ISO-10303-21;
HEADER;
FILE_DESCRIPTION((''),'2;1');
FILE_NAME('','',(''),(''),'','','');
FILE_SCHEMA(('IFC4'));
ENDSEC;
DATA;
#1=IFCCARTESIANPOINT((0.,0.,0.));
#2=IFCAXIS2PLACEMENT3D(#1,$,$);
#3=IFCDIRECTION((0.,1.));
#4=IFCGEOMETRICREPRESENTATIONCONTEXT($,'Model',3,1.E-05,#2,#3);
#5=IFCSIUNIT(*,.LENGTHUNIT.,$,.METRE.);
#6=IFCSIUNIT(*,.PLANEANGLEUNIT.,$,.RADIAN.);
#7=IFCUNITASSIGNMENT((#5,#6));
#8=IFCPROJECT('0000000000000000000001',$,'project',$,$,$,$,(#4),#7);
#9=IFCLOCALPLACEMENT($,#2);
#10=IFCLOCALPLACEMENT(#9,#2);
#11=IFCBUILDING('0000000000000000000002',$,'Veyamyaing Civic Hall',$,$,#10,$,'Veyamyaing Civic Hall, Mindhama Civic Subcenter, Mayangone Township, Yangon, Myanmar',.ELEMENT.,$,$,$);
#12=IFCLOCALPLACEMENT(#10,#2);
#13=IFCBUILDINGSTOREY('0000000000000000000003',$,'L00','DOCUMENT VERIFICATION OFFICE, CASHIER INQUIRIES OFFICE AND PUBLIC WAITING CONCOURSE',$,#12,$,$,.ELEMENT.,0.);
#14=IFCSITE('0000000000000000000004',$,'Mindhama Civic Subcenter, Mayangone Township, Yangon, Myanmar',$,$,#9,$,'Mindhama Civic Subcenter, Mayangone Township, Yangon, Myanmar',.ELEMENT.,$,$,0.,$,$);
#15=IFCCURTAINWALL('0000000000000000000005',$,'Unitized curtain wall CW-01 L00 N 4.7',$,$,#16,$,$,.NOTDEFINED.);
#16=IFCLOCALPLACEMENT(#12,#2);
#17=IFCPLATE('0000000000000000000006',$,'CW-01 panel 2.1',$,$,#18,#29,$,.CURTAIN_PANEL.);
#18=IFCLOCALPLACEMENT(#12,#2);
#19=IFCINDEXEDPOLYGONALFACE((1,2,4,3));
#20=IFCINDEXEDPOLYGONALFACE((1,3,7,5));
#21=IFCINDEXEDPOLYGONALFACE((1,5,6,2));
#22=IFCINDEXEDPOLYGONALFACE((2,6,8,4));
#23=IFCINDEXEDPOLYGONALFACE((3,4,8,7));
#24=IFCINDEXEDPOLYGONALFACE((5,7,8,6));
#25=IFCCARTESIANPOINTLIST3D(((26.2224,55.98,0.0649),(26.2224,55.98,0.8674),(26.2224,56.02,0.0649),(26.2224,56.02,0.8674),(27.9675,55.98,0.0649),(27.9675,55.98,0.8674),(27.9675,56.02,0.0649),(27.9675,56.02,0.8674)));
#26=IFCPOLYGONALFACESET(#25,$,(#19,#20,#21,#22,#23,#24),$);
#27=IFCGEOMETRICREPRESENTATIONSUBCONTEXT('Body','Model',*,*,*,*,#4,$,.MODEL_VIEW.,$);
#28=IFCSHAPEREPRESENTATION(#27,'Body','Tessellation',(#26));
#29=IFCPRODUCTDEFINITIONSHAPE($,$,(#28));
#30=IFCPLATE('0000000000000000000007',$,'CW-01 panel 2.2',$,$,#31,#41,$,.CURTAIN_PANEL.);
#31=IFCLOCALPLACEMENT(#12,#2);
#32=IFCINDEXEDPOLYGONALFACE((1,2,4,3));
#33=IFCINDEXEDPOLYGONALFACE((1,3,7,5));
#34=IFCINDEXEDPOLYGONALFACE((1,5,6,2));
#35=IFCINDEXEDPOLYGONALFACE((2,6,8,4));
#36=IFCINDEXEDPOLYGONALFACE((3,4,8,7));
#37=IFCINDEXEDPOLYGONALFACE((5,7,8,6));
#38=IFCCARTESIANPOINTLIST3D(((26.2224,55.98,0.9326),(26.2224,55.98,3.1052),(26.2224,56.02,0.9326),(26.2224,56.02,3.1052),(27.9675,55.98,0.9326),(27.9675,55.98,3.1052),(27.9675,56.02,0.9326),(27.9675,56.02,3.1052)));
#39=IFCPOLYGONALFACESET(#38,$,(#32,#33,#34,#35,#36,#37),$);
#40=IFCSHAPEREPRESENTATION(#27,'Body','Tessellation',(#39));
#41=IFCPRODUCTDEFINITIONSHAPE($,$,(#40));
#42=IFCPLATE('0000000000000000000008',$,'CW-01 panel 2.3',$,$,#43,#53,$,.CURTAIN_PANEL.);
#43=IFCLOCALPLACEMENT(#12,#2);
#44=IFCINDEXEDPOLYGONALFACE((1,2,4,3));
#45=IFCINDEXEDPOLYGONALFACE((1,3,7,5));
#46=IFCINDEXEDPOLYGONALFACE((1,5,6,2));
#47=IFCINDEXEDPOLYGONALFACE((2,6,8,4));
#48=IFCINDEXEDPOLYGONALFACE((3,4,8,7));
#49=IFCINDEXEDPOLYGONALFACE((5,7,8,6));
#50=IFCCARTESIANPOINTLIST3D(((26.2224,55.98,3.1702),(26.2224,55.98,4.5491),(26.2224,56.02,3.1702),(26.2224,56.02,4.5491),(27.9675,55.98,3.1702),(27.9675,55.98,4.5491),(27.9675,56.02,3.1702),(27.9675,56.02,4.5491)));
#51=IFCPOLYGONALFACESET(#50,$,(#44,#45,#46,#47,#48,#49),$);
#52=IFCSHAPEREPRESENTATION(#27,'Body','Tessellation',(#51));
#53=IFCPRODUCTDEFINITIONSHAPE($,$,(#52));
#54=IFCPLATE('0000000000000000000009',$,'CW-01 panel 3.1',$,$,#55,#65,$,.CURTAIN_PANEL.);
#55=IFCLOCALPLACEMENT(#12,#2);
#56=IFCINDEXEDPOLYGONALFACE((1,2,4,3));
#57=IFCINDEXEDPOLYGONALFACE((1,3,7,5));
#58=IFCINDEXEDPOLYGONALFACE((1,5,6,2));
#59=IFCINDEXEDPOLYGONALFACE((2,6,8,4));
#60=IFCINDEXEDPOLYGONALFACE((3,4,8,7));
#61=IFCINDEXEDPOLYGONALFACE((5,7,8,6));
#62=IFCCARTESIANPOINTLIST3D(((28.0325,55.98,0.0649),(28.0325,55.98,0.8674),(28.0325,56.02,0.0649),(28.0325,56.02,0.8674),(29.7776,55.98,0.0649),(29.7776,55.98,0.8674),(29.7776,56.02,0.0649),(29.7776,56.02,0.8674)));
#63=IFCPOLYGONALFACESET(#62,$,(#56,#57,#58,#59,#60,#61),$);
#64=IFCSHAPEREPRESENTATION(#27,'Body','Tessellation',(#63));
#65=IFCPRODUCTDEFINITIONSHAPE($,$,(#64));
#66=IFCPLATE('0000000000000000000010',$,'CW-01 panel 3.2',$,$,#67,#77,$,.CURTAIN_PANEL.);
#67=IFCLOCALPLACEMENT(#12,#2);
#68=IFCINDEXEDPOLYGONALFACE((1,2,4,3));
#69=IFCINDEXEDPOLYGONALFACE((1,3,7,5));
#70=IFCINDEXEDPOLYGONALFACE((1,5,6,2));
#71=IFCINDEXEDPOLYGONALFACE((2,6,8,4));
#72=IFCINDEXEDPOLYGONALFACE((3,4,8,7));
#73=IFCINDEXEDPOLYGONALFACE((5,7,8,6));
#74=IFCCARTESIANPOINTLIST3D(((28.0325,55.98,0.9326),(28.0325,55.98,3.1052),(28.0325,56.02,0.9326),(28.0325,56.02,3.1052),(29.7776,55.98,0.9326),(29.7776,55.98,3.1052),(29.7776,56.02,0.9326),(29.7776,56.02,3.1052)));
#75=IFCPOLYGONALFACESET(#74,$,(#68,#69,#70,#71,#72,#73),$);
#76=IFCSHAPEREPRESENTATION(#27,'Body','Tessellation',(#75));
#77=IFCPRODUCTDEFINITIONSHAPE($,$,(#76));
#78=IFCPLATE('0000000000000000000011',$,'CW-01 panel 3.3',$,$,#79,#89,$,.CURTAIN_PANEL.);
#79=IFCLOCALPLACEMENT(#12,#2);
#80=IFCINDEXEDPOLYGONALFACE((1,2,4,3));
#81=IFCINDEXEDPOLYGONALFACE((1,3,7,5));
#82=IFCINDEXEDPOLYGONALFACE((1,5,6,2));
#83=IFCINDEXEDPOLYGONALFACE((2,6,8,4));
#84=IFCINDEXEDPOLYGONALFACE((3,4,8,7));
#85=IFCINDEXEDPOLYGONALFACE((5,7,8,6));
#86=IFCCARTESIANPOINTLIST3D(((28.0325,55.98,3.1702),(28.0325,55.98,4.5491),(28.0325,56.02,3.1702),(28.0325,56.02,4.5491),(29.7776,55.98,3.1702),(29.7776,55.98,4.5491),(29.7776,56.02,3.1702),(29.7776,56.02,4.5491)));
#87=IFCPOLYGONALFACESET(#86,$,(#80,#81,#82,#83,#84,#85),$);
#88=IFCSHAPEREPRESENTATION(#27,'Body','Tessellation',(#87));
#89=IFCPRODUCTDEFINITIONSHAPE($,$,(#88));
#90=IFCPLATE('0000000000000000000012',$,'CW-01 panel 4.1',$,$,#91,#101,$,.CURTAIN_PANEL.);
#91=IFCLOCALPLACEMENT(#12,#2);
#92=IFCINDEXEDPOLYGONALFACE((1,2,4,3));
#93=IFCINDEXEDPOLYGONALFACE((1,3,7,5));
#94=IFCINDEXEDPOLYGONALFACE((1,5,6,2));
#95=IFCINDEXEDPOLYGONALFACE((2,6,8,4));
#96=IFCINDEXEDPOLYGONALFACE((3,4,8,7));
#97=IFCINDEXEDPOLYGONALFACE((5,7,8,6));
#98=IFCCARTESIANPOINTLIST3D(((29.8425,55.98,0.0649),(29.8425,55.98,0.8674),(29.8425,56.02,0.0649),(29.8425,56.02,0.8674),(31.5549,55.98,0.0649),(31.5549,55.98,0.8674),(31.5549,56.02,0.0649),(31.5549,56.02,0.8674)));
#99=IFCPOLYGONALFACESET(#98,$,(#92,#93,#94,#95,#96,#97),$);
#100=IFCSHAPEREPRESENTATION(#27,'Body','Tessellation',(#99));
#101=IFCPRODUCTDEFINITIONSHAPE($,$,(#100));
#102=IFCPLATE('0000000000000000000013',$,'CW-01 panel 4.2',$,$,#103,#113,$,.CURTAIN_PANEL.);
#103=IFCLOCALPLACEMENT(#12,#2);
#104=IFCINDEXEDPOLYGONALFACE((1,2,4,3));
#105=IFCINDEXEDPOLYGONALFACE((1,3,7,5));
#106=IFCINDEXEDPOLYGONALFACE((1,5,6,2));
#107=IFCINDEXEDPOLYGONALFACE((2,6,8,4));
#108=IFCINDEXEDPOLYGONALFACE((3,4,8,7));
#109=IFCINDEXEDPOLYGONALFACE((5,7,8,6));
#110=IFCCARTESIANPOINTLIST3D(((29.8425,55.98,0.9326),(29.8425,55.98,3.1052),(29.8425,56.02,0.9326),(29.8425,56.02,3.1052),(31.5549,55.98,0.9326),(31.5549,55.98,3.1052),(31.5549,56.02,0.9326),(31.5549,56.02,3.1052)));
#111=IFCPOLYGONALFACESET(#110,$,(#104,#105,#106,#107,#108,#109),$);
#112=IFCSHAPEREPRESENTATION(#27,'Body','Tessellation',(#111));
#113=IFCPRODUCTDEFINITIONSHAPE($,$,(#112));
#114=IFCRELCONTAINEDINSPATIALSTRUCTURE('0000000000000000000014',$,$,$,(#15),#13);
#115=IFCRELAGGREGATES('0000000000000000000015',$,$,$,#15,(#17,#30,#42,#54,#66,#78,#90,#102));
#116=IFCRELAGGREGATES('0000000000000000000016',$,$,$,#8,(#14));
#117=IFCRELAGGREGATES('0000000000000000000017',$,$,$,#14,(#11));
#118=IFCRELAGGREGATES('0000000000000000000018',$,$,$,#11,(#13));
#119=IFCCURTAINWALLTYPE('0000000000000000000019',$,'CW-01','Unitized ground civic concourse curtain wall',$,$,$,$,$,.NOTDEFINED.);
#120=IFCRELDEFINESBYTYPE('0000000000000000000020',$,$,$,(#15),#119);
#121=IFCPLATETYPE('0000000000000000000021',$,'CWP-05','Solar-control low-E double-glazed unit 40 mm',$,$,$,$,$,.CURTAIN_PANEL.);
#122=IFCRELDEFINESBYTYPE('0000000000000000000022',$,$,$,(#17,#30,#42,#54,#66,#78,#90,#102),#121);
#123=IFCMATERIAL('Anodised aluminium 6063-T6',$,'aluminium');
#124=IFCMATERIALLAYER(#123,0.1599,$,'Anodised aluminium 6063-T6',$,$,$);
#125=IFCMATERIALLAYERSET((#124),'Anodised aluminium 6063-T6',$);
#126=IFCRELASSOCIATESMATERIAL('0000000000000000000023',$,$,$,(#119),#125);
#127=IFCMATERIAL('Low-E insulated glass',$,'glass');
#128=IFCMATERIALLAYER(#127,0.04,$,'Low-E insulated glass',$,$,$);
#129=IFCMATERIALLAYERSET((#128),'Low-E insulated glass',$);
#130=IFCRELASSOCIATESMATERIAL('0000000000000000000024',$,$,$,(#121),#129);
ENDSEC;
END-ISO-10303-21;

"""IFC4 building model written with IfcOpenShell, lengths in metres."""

from ifc_helpers import new_model, si_unit, direction, frame, origin, origin_2d, place, context, subcontext, project, spatial, rectangle, extrude, material, layer, layer_set, type_object, element, aggregate, save


model = new_model("IFC4")

# Units and contexts
model_context = context("Model", 3, precision=1e-05, world=origin(), true_north=direction((0.0, 1.0)))
body_context = subcontext(model_context, "Body", "Model", "MODEL_VIEW")
ifc_project = project(units=[si_unit("LENGTHUNIT", "METRE"), si_unit("PLANEANGLEUNIT", "RADIAN")], contexts=[model_context])

# Site, building, storey
site_placement = place(None, origin())
site = spatial("IfcSite", under=ifc_project, at=site_placement, Name="Mindhama Civic Subcenter, Mayangone Township, Yangon, Myanmar", LongName="Mindhama Civic Subcenter, Mayangone Township, Yangon, Myanmar", CompositionType="ELEMENT", RefElevation=0.0)
building_placement = place(site_placement, origin())
building = spatial("IfcBuilding", under=site, at=building_placement, Name="Veyamyaing Civic Hall", LongName="Veyamyaing Civic Hall, Mindhama Civic Subcenter, Mayangone Township, Yangon, Myanmar", CompositionType="ELEMENT")
storey_placement = place(building_placement, origin())
storey = spatial("IfcBuildingStorey", under=building, at=storey_placement, Name="L00", Description="DOCUMENT VERIFICATION OFFICE, CASHIER INQUIRIES OFFICE AND PUBLIC WAITING CONCOURSE", CompositionType="ELEMENT", Elevation=0.0)

# Shared definitions
ifc_material_1 = material(Name="Anodised aluminium 6063-T6", Category="aluminium")
ifc_layer_1 = layer(ifc_material_1, 0.1599, Name="Anodised aluminium 6063-T6")
ifc_layer_set_1 = layer_set([ifc_layer_1], Name="Anodised aluminium 6063-T6")
curtain_wall_type = type_object("IfcCurtainWallType", Name="CW-01", Description="Unitized ground civic concourse curtain wall", PredefinedType="NOTDEFINED", material=ifc_layer_set_1)

# Curtain wall, plates
curtain_wall_1_placement = place(storey_placement, origin())
curtain_wall_1 = element("IfcCurtainWall", 1, at=curtain_wall_1_placement, inside=storey, type_object=curtain_wall_type, Name="Unitized curtain wall CW-01 L00 N 4.7", PredefinedType="NOTDEFINED")
ifc_material_2 = material(Name="Low-E insulated glass", Category="glass")
ifc_layer_2 = layer(ifc_material_2, 0.04, Name="Low-E insulated glass")
ifc_layer_set_2 = layer_set([ifc_layer_2], Name="Low-E insulated glass")
plate_type = type_object("IfcPlateType", Name="CWP-05", Description="Solar-control low-E double-glazed unit 40 mm", PredefinedType="CURTAIN_PANEL", material=ifc_layer_set_2)
plate_1_placement = place(storey_placement, frame((27.095, 56.0, 0.0649), z_axis=(0.0, 0.0, 1.0), x_axis=(1.0, 0.0, 0.0)))
plate_1 = element("IfcPlate", 2, at=plate_1_placement, type_object=plate_type, Name="CW-01 panel 2.1", PredefinedType="CURTAIN_PANEL", context=body_context, shape_type="SweptSolid", body=[
    extrude(rectangle(XDim=1.7451, YDim=0.04, at=origin_2d()), origin(), (0.0, 0.0, 1.0), 0.8025),
])
plate_2_placement = place(storey_placement, frame((27.095, 56.0, 0.9326), z_axis=(0.0, 0.0, 1.0), x_axis=(1.0, 0.0, 0.0)))
plate_2 = element("IfcPlate", 3, at=plate_2_placement, type_object=plate_type, Name="CW-01 panel 2.2", PredefinedType="CURTAIN_PANEL", context=body_context, shape_type="SweptSolid", body=[
    extrude(rectangle(XDim=1.7451, YDim=0.04, at=origin_2d()), origin(), (0.0, 0.0, 1.0), 2.1726),
])
plate_3_placement = place(storey_placement, frame((27.095, 56.0, 3.1702), z_axis=(0.0, 0.0, 1.0), x_axis=(1.0, 0.0, 0.0)))
plate_3 = element("IfcPlate", 4, at=plate_3_placement, type_object=plate_type, Name="CW-01 panel 2.3", PredefinedType="CURTAIN_PANEL", context=body_context, shape_type="SweptSolid", body=[
    extrude(rectangle(XDim=1.7451, YDim=0.04, at=origin_2d()), origin(), (0.0, 0.0, 1.0), 1.3789),
])
plate_4_placement = place(storey_placement, frame((28.905, 56.0, 0.0649), z_axis=(0.0, 0.0, 1.0), x_axis=(1.0, 0.0, 0.0)))
plate_4 = element("IfcPlate", 5, at=plate_4_placement, type_object=plate_type, Name="CW-01 panel 3.1", PredefinedType="CURTAIN_PANEL", context=body_context, shape_type="SweptSolid", body=[
    extrude(rectangle(XDim=1.7451, YDim=0.04, at=origin_2d()), origin(), (0.0, 0.0, 1.0), 0.8025),
])
plate_5_placement = place(storey_placement, frame((28.905, 56.0, 0.9326), z_axis=(0.0, 0.0, 1.0), x_axis=(1.0, 0.0, 0.0)))
plate_5 = element("IfcPlate", 6, at=plate_5_placement, type_object=plate_type, Name="CW-01 panel 3.2", PredefinedType="CURTAIN_PANEL", context=body_context, shape_type="SweptSolid", body=[
    extrude(rectangle(XDim=1.7451, YDim=0.04, at=origin_2d()), origin(), (0.0, 0.0, 1.0), 2.1726),
])
plate_6_placement = place(storey_placement, frame((28.905, 56.0, 3.1702), z_axis=(0.0, 0.0, 1.0), x_axis=(1.0, 0.0, 0.0)))
plate_6 = element("IfcPlate", 7, at=plate_6_placement, type_object=plate_type, Name="CW-01 panel 3.3", PredefinedType="CURTAIN_PANEL", context=body_context, shape_type="SweptSolid", body=[
    extrude(rectangle(XDim=1.7451, YDim=0.04, at=origin_2d()), origin(), (0.0, 0.0, 1.0), 1.3789),
])
plate_7_placement = place(storey_placement, frame((30.6987, 56.0, 0.0649), z_axis=(0.0, 0.0, 1.0), x_axis=(1.0, 0.0, 0.0)))
plate_7 = element("IfcPlate", 8, at=plate_7_placement, type_object=plate_type, Name="CW-01 panel 4.1", PredefinedType="CURTAIN_PANEL", context=body_context, shape_type="SweptSolid", body=[
    extrude(rectangle(XDim=1.7124, YDim=0.04, at=origin_2d()), origin(), (0.0, 0.0, 1.0), 0.8025),
])
plate_8_placement = place(storey_placement, frame((30.6987, 56.0, 0.9326), z_axis=(0.0, 0.0, 1.0), x_axis=(1.0, 0.0, 0.0)))
plate_8 = element("IfcPlate", 9, at=plate_8_placement, type_object=plate_type, Name="CW-01 panel 4.2", PredefinedType="CURTAIN_PANEL", context=body_context, shape_type="SweptSolid", body=[
    extrude(rectangle(XDim=1.7124, YDim=0.04, at=origin_2d()), origin(), (0.0, 0.0, 1.0), 2.1726),
])
aggregate(curtain_wall_1, [plate_1, plate_2, plate_3, plate_4, plate_5, plate_6, plate_7, plate_8])

save(model, "model.ifc")
